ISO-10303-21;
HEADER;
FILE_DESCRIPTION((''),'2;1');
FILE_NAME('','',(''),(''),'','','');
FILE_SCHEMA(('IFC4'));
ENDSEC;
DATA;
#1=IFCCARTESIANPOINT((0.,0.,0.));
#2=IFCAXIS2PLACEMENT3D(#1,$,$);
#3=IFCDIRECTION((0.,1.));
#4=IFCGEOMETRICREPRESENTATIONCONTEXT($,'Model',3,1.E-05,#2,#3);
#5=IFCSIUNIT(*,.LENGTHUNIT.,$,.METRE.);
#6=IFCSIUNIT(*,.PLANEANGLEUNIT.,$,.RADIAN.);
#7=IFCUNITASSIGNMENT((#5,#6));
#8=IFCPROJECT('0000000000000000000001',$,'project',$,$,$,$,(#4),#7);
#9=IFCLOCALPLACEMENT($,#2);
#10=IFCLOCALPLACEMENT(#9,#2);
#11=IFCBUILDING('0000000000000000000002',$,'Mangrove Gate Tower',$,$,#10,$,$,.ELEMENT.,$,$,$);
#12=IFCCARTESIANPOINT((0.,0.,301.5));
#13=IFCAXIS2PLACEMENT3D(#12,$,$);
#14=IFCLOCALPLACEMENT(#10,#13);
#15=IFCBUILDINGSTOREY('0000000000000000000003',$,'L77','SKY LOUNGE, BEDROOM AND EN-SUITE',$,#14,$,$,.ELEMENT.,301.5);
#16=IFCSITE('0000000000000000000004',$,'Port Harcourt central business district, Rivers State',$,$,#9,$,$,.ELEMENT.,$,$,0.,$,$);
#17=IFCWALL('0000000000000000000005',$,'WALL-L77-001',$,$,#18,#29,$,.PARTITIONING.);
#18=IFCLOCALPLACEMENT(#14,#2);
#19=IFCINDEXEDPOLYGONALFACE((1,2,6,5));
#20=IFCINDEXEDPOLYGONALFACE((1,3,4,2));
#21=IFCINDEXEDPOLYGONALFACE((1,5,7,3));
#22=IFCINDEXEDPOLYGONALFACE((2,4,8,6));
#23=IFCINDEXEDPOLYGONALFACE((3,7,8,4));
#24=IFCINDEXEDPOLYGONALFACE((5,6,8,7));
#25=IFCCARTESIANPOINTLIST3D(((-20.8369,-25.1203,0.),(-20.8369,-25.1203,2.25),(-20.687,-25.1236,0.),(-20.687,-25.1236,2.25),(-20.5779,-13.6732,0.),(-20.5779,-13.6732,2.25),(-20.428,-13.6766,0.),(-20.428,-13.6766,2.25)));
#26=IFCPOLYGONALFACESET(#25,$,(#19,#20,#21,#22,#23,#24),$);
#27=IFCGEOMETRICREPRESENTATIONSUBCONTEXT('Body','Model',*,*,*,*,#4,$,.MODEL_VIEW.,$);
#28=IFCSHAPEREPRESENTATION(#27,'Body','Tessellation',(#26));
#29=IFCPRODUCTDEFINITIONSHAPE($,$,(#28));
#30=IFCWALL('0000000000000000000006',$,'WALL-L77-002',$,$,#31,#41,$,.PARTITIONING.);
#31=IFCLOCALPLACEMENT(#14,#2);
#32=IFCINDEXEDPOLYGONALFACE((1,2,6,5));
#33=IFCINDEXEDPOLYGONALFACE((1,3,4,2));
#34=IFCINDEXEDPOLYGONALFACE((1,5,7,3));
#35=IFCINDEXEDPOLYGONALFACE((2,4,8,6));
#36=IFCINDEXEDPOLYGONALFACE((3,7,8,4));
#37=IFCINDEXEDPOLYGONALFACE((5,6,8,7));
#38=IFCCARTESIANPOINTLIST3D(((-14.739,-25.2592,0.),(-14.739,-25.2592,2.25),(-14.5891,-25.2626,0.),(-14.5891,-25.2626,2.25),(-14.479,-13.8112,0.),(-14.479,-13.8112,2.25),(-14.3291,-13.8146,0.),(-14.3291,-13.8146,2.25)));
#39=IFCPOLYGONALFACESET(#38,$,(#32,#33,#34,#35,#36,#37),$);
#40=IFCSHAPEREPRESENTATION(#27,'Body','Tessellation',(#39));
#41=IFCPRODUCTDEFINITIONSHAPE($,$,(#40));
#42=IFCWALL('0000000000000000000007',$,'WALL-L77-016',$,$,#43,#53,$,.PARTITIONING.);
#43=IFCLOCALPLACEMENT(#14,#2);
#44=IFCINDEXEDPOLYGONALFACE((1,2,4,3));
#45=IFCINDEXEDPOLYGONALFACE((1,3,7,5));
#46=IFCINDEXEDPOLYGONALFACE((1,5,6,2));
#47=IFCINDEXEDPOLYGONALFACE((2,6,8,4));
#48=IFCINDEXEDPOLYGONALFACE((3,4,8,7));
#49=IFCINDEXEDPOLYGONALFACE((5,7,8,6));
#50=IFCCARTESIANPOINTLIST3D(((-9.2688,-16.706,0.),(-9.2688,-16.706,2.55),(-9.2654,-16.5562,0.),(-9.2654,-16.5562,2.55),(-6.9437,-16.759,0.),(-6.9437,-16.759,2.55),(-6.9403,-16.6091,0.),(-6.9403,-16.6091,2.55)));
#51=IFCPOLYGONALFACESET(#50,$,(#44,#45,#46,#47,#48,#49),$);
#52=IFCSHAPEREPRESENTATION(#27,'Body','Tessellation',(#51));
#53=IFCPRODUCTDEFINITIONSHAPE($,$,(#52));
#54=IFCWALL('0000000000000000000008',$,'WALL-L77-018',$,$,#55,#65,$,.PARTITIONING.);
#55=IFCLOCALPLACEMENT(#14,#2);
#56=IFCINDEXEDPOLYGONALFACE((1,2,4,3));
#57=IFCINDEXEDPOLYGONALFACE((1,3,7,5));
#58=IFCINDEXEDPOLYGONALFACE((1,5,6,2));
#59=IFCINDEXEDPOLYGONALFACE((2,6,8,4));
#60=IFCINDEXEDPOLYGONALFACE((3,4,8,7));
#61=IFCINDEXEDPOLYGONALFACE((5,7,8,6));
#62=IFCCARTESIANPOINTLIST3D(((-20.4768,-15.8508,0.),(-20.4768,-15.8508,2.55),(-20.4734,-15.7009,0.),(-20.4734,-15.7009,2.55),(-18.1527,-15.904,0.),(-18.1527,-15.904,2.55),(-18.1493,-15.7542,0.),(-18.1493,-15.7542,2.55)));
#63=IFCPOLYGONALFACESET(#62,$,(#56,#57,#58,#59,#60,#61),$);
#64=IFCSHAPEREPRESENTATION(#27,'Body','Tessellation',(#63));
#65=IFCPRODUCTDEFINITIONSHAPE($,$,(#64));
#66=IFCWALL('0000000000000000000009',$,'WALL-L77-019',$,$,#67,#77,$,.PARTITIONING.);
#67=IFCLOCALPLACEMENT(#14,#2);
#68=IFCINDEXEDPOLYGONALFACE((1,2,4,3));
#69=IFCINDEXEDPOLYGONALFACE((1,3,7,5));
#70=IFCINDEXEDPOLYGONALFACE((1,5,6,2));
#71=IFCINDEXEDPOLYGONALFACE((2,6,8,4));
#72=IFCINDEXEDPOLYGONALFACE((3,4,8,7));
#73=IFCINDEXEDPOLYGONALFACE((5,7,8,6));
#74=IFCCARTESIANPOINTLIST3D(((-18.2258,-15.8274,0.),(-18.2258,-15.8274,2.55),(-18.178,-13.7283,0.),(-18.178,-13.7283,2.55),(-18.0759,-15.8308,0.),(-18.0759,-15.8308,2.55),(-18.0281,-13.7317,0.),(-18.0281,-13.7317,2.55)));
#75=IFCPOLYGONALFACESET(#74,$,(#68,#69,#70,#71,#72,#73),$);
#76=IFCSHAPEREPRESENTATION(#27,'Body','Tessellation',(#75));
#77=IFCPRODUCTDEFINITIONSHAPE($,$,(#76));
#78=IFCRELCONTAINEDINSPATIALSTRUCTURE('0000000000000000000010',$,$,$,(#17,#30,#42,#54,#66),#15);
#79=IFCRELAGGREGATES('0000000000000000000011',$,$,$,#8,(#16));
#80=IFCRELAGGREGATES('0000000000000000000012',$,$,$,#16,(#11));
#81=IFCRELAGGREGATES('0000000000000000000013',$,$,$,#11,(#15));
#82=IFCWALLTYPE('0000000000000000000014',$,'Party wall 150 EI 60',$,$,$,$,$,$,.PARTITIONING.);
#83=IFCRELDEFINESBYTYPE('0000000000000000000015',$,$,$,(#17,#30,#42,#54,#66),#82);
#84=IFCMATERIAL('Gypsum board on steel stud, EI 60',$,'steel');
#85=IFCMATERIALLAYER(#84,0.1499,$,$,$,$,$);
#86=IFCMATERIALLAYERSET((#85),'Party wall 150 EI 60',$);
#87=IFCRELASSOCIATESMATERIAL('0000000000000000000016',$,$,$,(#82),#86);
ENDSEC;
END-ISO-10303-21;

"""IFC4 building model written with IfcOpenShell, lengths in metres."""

from ifc_helpers import new_model, si_unit, direction, frame, frame_2d, origin, place, context, subcontext, project, spatial, rectangle, extrude, material, layer, layer_set, type_object, element, save


model = new_model("IFC4")

# Units and contexts
model_context = context("Model", 3, precision=1e-05, world=origin(), true_north=direction((0.0, 1.0)))
body_context = subcontext(model_context, "Body", "Model", "MODEL_VIEW")
ifc_project = project(units=[si_unit("LENGTHUNIT", "METRE"), si_unit("PLANEANGLEUNIT", "RADIAN")], contexts=[model_context])

# Site, building, storey
site_placement = place(None, origin())
site = spatial("IfcSite", under=ifc_project, at=site_placement, Name="Port Harcourt central business district, Rivers State", CompositionType="ELEMENT", RefElevation=0.0)
building_placement = place(site_placement, origin())
building = spatial("IfcBuilding", under=site, at=building_placement, Name="Mangrove Gate Tower", CompositionType="ELEMENT")
storey_placement = place(building_placement, frame((0.0, 0.0, 301.5)))
storey = spatial("IfcBuildingStorey", under=building, at=storey_placement, Name="L77", Description="SKY LOUNGE, BEDROOM AND EN-SUITE", CompositionType="ELEMENT", Elevation=301.5)

# Walls
ifc_material_1 = material(Name="Gypsum board on steel stud, EI 60", Category="steel")
ifc_layer_1 = layer(ifc_material_1, 0.1499)
ifc_layer_set_1 = layer_set([ifc_layer_1], Name="Party wall 150 EI 60")
wall_type_1 = type_object("IfcWallType", Name="Party wall 150 EI 60", PredefinedType="PARTITIONING", material=ifc_layer_set_1)
wall_1_placement = place(storey_placement, frame((-20.762, -25.1221, 0.0), z_axis=(0.0, 0.0, 1.0), x_axis=(0.022623, 0.999744, 0.0)))
element("IfcWall", 1, at=wall_1_placement, inside=storey, type_object=wall_type_1, Name="WALL-L77-001", PredefinedType="PARTITIONING", context=body_context, shape_type="SweptSolid", body=[
    extrude(rectangle(XDim=11.45, YDim=0.1499, at=frame_2d((5.7251, 0.0))), origin(), (0.0, 0.0, 1.0), 2.25),
])
wall_2_placement = place(storey_placement, frame((-14.6641, -25.261, 0.0), z_axis=(0.0, 0.0, 1.0), x_axis=(0.022706, 0.999742, 0.0)))
element("IfcWall", 2, at=wall_2_placement, inside=storey, type_object=wall_type_1, Name="WALL-L77-002", PredefinedType="PARTITIONING", context=body_context, shape_type="SweptSolid", body=[
    extrude(rectangle(XDim=11.4509, YDim=0.1499, at=frame_2d((5.7256, 0.0))), origin(), (0.0, 0.0, 1.0), 2.25),
])
wall_3_placement = place(storey_placement, frame((-9.2671, -16.6311, 0.0), z_axis=(0.0, 0.0, 1.0), x_axis=(0.999741, -0.022779, 0.0)))
element("IfcWall", 3, at=wall_3_placement, inside=storey, type_object=wall_type_1, Name="WALL-L77-016", PredefinedType="PARTITIONING", context=body_context, shape_type="SweptSolid", body=[
    extrude(rectangle(XDim=2.3257, YDim=0.1499, at=frame_2d((1.1628, 0.0))), origin(), (0.0, 0.0, 1.0), 2.55),
])
wall_4_placement = place(storey_placement, frame((-20.4751, -15.7759, 0.0), z_axis=(0.0, 0.0, 1.0), x_axis=(0.999738, -0.022893, 0.0)))
element("IfcWall", 4, at=wall_4_placement, inside=storey, type_object=wall_type_1, Name="WALL-L77-018", PredefinedType="PARTITIONING", context=body_context, shape_type="SweptSolid", body=[
    extrude(rectangle(XDim=2.3247, YDim=0.1499, at=frame_2d((1.1624, 0.0))), origin(), (0.0, 0.0, 1.0), 2.55),
])
wall_5_placement = place(storey_placement, frame((-18.1509, -15.8291, 0.0), z_axis=(0.0, 0.0, 1.0), x_axis=(0.02279, 0.99974, 0.0)))
element("IfcWall", 5, at=wall_5_placement, inside=storey, type_object=wall_type_1, Name="WALL-L77-019", PredefinedType="PARTITIONING", context=body_context, shape_type="SweptSolid", body=[
    extrude(rectangle(XDim=2.0996, YDim=0.1499, at=frame_2d((1.0498, 0.0))), origin(), (0.0, 0.0, 1.0), 2.55),
])

save(model, "model.ifc")
